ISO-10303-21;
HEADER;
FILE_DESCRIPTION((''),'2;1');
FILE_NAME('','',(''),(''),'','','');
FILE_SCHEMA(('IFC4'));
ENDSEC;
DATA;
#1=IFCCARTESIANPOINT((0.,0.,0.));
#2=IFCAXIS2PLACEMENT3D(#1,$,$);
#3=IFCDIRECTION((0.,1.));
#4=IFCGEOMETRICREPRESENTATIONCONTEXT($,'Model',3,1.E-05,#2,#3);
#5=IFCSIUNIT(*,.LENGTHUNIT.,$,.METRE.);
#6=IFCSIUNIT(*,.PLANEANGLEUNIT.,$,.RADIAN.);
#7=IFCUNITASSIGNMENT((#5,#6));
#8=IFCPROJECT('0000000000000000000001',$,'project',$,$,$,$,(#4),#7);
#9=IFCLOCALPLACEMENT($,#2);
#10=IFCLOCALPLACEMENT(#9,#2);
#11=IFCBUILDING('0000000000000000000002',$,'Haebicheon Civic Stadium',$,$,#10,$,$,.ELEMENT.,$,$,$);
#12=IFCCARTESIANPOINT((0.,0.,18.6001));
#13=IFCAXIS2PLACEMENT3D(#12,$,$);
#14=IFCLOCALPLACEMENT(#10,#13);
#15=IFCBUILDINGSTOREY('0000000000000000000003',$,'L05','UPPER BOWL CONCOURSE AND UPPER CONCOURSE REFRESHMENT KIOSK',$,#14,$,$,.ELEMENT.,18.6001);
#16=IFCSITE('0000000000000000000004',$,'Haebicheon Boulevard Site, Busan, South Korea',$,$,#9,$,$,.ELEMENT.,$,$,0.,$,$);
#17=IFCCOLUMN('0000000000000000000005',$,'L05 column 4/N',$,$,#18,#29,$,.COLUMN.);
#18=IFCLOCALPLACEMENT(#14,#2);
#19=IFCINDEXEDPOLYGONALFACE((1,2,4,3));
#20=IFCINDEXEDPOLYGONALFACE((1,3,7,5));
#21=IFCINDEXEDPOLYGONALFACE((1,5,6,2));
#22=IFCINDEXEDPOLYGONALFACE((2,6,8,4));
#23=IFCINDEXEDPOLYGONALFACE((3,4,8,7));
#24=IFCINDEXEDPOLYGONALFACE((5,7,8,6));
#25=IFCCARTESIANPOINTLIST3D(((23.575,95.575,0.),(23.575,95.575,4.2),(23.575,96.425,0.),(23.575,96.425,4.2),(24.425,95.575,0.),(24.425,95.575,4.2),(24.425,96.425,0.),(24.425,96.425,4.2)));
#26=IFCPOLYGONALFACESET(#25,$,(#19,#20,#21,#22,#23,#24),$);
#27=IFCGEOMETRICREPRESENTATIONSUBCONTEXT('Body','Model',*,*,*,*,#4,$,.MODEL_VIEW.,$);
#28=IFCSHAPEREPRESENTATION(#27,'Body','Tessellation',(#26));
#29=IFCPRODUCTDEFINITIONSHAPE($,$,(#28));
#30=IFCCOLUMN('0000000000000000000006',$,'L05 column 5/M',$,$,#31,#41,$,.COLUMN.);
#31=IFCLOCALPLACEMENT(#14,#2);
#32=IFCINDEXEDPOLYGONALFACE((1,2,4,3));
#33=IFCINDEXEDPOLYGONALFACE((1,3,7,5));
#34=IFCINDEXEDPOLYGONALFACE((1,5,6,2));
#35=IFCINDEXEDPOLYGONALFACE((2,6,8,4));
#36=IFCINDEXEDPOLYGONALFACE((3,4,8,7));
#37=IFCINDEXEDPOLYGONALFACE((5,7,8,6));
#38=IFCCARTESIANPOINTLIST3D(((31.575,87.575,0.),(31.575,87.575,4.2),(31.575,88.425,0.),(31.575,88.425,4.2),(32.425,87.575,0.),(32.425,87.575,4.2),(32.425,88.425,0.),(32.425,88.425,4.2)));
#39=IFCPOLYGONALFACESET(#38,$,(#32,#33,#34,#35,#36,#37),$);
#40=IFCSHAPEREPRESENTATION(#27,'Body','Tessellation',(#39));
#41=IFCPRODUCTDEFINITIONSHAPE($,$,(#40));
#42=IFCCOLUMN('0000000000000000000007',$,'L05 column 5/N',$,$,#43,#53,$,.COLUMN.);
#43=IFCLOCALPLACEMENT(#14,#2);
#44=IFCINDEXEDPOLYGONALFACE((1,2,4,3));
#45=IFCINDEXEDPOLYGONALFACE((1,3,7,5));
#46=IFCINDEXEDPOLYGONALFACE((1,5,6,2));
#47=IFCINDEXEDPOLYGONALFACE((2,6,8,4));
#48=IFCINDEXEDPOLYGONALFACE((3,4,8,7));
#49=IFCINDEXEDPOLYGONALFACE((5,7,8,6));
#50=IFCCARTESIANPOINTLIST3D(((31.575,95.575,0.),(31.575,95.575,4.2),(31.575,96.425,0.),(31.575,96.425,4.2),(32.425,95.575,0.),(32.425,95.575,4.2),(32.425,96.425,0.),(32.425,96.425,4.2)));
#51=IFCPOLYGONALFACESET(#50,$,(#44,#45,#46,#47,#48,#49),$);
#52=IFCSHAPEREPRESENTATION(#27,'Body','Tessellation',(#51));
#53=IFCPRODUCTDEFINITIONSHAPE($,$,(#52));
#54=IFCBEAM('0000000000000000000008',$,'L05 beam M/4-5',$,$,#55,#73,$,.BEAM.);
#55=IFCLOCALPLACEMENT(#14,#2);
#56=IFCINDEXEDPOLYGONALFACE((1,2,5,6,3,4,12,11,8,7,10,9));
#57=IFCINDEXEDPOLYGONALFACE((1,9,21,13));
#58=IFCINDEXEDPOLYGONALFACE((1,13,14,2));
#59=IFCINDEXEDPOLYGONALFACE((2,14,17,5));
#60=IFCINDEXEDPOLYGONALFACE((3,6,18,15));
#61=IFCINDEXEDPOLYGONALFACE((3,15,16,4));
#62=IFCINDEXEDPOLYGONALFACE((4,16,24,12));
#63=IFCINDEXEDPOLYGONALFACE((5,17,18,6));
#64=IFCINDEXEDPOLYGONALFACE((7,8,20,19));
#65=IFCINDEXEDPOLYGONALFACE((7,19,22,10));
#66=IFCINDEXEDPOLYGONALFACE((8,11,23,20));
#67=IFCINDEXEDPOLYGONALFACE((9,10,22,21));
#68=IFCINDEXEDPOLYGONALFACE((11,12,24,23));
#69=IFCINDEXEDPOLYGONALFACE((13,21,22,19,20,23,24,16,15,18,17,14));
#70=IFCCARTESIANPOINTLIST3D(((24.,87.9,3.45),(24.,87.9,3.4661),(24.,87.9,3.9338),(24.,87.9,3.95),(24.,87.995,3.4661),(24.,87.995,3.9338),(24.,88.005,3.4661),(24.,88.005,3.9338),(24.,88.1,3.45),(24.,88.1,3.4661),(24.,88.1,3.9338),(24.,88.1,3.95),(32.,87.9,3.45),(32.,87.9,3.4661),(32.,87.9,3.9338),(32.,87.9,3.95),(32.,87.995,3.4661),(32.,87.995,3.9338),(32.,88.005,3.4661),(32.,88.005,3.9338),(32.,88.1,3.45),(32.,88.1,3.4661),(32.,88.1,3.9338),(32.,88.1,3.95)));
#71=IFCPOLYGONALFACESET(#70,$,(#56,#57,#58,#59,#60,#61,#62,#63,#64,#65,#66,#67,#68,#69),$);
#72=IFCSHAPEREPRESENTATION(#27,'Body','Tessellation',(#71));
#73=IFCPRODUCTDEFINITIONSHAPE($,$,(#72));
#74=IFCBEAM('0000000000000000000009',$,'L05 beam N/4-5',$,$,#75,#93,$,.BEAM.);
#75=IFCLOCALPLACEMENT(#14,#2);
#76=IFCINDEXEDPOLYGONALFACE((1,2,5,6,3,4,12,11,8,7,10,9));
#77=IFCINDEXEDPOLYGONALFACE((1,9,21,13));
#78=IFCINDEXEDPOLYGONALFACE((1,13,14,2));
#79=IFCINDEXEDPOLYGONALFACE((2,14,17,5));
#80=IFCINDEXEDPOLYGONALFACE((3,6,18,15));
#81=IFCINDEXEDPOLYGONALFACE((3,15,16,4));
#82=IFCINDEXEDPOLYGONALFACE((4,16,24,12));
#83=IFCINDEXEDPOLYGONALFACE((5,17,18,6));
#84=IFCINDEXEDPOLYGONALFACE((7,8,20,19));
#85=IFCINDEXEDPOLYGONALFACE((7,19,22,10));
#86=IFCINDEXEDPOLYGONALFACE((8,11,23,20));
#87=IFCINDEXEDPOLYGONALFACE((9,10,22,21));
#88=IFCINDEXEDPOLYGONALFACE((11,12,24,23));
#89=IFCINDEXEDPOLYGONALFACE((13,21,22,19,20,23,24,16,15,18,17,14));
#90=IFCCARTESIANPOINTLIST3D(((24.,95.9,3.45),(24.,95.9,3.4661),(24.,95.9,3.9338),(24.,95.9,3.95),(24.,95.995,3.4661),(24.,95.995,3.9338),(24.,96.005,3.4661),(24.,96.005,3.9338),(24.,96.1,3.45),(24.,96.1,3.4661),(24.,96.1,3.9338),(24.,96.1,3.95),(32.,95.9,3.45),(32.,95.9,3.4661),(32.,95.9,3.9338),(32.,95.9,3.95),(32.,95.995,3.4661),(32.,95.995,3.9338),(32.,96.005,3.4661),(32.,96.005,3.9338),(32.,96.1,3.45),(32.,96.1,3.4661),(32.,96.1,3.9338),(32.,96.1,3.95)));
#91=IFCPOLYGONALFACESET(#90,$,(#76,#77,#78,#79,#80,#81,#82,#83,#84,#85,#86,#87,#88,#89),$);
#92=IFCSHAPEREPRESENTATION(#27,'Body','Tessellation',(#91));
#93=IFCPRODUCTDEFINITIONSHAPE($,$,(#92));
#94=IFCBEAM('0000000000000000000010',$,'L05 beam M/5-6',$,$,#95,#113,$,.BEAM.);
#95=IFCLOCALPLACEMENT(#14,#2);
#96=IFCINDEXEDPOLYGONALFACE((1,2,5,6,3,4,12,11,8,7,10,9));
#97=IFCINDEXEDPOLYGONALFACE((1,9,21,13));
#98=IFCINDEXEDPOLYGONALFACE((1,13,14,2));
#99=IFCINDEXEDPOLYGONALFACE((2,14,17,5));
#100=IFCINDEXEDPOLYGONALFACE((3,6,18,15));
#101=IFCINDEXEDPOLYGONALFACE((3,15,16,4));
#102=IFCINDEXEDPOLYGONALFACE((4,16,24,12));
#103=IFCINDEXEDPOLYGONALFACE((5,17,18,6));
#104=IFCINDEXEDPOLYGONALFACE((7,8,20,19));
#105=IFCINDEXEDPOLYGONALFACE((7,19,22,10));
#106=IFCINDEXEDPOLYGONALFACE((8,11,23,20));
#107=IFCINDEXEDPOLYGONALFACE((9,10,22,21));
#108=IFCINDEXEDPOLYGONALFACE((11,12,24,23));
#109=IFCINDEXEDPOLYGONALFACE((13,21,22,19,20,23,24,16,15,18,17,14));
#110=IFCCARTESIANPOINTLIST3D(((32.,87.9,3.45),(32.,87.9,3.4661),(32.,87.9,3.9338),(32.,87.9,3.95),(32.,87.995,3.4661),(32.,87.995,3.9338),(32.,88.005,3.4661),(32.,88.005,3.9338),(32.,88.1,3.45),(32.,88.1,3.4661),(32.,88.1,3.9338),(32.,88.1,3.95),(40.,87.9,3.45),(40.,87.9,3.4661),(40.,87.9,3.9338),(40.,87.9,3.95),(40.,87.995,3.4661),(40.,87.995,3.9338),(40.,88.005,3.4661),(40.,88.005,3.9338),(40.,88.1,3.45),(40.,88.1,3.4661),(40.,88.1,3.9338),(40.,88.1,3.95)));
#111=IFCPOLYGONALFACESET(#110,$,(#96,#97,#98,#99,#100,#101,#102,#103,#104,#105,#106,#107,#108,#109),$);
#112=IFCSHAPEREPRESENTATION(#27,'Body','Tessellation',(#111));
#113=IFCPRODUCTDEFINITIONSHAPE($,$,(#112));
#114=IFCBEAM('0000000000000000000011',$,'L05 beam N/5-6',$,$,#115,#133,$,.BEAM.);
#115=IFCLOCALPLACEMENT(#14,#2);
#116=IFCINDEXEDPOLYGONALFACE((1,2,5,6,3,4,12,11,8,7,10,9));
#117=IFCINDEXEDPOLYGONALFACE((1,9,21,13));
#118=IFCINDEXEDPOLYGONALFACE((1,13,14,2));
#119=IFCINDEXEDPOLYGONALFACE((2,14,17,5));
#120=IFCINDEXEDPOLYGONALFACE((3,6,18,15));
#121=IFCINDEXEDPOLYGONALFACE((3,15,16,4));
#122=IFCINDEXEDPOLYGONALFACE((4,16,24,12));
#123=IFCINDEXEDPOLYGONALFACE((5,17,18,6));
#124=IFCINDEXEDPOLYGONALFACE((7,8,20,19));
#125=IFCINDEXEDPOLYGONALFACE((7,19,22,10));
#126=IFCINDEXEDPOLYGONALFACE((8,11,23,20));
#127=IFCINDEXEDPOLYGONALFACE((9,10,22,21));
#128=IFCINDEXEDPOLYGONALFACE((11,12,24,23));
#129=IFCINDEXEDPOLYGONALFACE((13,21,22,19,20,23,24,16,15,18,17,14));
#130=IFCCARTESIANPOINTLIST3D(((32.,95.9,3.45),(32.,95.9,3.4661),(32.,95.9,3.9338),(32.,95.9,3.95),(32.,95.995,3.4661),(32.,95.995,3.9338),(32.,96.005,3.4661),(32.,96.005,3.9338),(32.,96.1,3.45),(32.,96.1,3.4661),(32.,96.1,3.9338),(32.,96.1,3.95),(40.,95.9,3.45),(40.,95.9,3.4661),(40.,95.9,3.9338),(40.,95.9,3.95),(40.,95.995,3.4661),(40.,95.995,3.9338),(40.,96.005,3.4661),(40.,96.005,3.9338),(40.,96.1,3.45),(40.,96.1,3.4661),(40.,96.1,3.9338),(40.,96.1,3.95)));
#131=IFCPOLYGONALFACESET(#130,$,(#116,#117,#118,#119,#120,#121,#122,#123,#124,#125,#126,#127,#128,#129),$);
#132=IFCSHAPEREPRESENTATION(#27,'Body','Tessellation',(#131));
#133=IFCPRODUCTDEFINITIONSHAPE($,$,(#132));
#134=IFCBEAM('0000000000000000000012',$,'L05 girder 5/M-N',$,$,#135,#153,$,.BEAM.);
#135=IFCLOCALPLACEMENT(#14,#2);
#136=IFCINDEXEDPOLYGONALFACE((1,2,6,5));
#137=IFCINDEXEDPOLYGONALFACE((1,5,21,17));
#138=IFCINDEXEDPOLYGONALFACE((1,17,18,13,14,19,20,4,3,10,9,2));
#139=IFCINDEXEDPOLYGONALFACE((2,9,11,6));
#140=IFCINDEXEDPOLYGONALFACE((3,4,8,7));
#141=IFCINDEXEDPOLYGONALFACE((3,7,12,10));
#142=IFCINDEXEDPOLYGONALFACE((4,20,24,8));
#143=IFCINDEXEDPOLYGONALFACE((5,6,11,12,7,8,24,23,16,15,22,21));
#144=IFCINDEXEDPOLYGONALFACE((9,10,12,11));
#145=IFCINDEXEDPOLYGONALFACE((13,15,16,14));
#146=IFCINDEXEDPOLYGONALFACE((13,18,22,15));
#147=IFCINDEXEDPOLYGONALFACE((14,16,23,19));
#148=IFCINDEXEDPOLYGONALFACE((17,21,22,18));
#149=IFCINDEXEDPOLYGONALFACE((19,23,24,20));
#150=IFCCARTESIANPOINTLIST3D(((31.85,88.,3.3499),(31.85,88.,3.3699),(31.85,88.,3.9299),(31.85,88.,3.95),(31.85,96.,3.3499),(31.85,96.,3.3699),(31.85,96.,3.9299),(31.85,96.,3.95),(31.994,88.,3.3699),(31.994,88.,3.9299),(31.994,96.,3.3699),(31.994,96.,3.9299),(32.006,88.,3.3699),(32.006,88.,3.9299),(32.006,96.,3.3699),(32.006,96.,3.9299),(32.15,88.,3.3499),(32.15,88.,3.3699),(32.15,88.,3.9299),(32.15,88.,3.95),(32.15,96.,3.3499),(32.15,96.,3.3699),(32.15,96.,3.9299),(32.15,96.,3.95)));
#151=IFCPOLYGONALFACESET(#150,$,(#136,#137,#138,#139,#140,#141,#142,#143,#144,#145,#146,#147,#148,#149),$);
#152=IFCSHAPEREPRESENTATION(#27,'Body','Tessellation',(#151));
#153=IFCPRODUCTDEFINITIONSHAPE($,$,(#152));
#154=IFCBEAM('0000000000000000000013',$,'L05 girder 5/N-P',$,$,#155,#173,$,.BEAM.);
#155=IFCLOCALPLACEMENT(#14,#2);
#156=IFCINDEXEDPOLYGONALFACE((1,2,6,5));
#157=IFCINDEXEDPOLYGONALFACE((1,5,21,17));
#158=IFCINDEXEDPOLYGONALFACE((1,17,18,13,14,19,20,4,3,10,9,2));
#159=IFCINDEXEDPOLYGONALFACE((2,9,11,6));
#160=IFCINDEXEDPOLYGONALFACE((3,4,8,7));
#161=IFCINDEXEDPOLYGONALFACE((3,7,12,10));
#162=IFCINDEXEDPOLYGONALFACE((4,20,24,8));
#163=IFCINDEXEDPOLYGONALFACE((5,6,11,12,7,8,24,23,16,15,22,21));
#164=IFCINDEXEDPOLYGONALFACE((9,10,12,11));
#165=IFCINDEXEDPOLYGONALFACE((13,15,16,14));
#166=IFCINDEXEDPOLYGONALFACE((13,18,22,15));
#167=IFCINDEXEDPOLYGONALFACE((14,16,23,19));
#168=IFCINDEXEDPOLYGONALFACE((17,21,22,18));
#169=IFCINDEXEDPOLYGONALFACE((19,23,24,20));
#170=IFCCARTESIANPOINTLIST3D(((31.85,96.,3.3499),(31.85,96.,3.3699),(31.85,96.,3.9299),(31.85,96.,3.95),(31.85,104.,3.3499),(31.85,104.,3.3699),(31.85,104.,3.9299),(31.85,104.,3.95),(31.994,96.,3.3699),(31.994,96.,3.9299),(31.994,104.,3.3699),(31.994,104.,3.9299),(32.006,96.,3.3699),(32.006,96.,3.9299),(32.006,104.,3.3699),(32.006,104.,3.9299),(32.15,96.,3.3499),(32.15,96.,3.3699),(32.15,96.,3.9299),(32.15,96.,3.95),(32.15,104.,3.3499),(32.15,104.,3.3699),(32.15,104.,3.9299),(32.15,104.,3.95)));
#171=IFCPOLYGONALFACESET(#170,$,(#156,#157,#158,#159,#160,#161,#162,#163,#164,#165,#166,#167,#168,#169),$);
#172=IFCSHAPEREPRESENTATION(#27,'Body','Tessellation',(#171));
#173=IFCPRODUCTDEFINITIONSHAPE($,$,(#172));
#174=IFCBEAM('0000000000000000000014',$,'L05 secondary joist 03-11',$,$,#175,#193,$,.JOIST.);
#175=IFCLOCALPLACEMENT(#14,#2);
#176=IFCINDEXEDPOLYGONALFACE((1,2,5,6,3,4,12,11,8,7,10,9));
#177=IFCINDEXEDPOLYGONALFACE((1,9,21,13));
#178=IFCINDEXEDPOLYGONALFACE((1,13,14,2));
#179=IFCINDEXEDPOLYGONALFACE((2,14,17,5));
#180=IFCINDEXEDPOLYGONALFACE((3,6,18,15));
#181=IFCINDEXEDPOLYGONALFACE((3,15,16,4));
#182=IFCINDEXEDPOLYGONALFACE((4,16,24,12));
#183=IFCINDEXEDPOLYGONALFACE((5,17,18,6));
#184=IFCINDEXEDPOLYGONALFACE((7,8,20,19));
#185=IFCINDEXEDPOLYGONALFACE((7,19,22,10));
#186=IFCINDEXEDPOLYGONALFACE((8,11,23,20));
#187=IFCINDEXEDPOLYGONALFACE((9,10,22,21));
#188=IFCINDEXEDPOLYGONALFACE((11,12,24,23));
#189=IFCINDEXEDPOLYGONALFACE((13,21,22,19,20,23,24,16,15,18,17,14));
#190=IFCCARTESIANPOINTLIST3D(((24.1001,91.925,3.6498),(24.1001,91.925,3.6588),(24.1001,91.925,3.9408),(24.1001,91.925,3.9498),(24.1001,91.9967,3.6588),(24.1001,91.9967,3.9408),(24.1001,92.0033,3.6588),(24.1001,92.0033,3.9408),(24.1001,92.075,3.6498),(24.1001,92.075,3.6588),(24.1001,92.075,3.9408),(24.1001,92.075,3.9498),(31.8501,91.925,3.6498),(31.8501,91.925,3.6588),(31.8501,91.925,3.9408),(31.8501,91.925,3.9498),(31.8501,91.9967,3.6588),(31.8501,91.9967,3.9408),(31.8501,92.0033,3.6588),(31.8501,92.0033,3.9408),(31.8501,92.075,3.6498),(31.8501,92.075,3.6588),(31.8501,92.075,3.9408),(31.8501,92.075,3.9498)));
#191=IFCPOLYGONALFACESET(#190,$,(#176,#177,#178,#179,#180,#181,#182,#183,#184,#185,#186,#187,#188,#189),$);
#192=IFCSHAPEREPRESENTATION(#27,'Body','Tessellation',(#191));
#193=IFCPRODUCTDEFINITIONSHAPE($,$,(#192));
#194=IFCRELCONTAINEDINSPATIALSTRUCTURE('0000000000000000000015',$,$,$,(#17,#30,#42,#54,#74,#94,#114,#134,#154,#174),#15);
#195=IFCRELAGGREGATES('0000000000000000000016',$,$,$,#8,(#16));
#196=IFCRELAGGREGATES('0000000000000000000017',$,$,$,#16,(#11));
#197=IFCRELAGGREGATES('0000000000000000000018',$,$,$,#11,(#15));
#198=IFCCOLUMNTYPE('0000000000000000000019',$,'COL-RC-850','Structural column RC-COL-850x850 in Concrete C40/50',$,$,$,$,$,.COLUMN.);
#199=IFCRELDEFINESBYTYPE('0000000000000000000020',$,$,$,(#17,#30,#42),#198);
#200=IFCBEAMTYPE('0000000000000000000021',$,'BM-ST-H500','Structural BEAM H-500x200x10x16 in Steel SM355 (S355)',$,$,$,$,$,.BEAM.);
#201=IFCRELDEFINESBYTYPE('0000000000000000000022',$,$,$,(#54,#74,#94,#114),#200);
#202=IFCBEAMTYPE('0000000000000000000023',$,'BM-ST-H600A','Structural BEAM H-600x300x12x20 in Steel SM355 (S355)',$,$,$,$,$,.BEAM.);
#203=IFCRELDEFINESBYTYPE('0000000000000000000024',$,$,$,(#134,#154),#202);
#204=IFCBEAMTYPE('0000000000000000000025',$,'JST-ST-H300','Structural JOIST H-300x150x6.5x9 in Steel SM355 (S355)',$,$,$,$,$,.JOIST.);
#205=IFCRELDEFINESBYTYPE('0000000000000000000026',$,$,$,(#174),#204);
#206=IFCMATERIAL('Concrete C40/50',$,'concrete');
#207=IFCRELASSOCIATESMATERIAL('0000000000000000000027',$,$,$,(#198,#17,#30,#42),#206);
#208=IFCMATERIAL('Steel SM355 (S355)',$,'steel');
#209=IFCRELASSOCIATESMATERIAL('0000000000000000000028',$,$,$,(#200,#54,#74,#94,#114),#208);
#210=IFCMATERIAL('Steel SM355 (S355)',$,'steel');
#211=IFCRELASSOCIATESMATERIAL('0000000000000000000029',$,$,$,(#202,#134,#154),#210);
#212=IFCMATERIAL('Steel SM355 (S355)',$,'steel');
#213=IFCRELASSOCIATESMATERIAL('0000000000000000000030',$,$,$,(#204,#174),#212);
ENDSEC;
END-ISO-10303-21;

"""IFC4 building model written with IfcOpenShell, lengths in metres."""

from ifc_helpers import new_model, si_unit, direction, frame, origin, origin_2d, place, context, subcontext, project, spatial, rectangle, i_section, extrude, material, material_profile, profile_set, type_object, element, save


model = new_model("IFC4")

# Units and contexts
model_context = context("Model", 3, precision=1e-05, world=origin(), true_north=direction((0.0, 1.0)))
body_context = subcontext(model_context, "Body", "Model", "MODEL_VIEW")
ifc_project = project(units=[si_unit("LENGTHUNIT", "METRE"), si_unit("PLANEANGLEUNIT", "RADIAN")], contexts=[model_context])

# Site, building, storey
site_placement = place(None, origin())
site = spatial("IfcSite", under=ifc_project, at=site_placement, Name="Haebicheon Boulevard Site, Busan, South Korea", CompositionType="ELEMENT", RefElevation=0.0)
building_placement = place(site_placement, origin())
building = spatial("IfcBuilding", under=site, at=building_placement, Name="Haebicheon Civic Stadium", CompositionType="ELEMENT")
storey_placement = place(building_placement, frame((0.0, 0.0, 18.6001)))
storey = spatial("IfcBuildingStorey", under=building, at=storey_placement, Name="L05", Description="UPPER BOWL CONCOURSE AND UPPER CONCOURSE REFRESHMENT KIOSK", CompositionType="ELEMENT", Elevation=18.6001)

# Columns
ifc_material_1 = material(Name="Concrete C40/50", Category="concrete")
ifc_material_profile_1 = material_profile(ifc_material_1, rectangle(XDim=0.8501, YDim=0.8501, at=origin_2d()), Name="RC-COL-850x850")
ifc_profile_set_1 = profile_set([ifc_material_profile_1], Name="Concrete C40/50")
column_type = type_object("IfcColumnType", Name="COL-RC-850", Description="Structural column RC-COL-850x850 in Concrete C40/50", PredefinedType="COLUMN", material=ifc_profile_set_1)
for number, where, z_axis, x_axis, name in (
    (1, (24.0, 96.0, 0.0), (0.0, 0.0, 1.0), (1.0, 0.0, 0.0), "L05 column 4/N"),
    (2, (32.0, 88.0, 0.0), (0.0, 0.0, 1.0), (1.0, 0.0, 0.0), "L05 column 5/M"),
    (3, (32.0, 96.0, 0.0), (0.0, 0.0, 1.0), (1.0, 0.0, 0.0), "L05 column 5/N"),
):
    element("IfcColumn", number, at=place(storey_placement, frame(where, z_axis=z_axis, x_axis=x_axis)), inside=storey, type_object=column_type, material=ifc_profile_set_1, Name=name, PredefinedType="COLUMN", context=body_context, shape_type="SweptSolid", body=[
        extrude(rectangle(XDim=0.8501, YDim=0.8501, at=origin_2d()), origin(), (0.0, 0.0, 1.0), 4.2),
    ])

# Beams
ifc_material_2 = material(Name="Steel SM355 (S355)", Category="steel")
ifc_material_profile_2 = material_profile(ifc_material_2, i_section(OverallWidth=0.2, OverallDepth=0.5, WebThickness=0.01, FlangeThickness=0.0161, at=origin_2d()), Name="H-500x200x10x16")
ifc_profile_set_2 = profile_set([ifc_material_profile_2], Name="Steel SM355 (S355)")
beam_type_1 = type_object("IfcBeamType", Name="BM-ST-H500", Description="Structural BEAM H-500x200x10x16 in Steel SM355 (S355)", PredefinedType="BEAM", material=ifc_profile_set_2)
for number, where, z_axis, x_axis, name in (
    (4, (24.0, 88.0, 3.7), (1.0, 0.0, 0.0), (0.0, 1.0, 0.0), "L05 beam M/4-5"),
    (5, (24.0, 96.0, 3.7), (1.0, 0.0, 0.0), (0.0, 1.0, 0.0), "L05 beam N/4-5"),
    (6, (32.0, 88.0, 3.7), (1.0, 0.0, 0.0), (0.0, 1.0, 0.0), "L05 beam M/5-6"),
    (7, (32.0, 96.0, 3.7), (1.0, 0.0, 0.0), (0.0, 1.0, 0.0), "L05 beam N/5-6"),
):
    element("IfcBeam", number, at=place(storey_placement, frame(where, z_axis=z_axis, x_axis=x_axis)), inside=storey, type_object=beam_type_1, material=ifc_profile_set_2, Name=name, PredefinedType="BEAM", context=body_context, shape_type="SweptSolid", body=[
        extrude(i_section(OverallWidth=0.2, OverallDepth=0.5, WebThickness=0.01, FlangeThickness=0.0161, at=origin_2d()), origin(), (0.0, 0.0, 1.0), 8.0),
    ])
ifc_material_3 = material(Name="Steel SM355 (S355)", Category="steel")
ifc_material_profile_3 = material_profile(ifc_material_3, i_section(OverallWidth=0.3, OverallDepth=0.6001, WebThickness=0.012, FlangeThickness=0.02, at=origin_2d()), Name="H-600x300x12x20")
ifc_profile_set_3 = profile_set([ifc_material_profile_3], Name="Steel SM355 (S355)")
beam_type_2 = type_object("IfcBeamType", Name="BM-ST-H600A", Description="Structural BEAM H-600x300x12x20 in Steel SM355 (S355)", PredefinedType="BEAM", material=ifc_profile_set_3)
for number, where, z_axis, x_axis, name in (
    (8, (32.0, 88.0, 3.6499), (0.0, 1.0, 0.0), (-1.0, 0.0, 0.0), "L05 girder 5/M-N"),
    (9, (32.0, 96.0, 3.6499), (0.0, 1.0, 0.0), (-1.0, 0.0, 0.0), "L05 girder 5/N-P"),
):
    element("IfcBeam", number, at=place(storey_placement, frame(where, z_axis=z_axis, x_axis=x_axis)), inside=storey, type_object=beam_type_2, material=ifc_profile_set_3, Name=name, PredefinedType="BEAM", context=body_context, shape_type="SweptSolid", body=[
        extrude(i_section(OverallWidth=0.3, OverallDepth=0.6001, WebThickness=0.012, FlangeThickness=0.02, at=origin_2d()), origin(), (0.0, 0.0, 1.0), 8.0),
    ])
ifc_material_4 = material(Name="Steel SM355 (S355)", Category="steel")
ifc_material_profile_4 = material_profile(ifc_material_4, i_section(OverallWidth=0.1499, OverallDepth=0.3, WebThickness=0.0066, FlangeThickness=0.009, at=origin_2d()), Name="H-300x150x6.5x9")
ifc_profile_set_4 = profile_set([ifc_material_profile_4], Name="Steel SM355 (S355)")
beam_type_3 = type_object("IfcBeamType", Name="JST-ST-H300", Description="Structural JOIST H-300x150x6.5x9 in Steel SM355 (S355)", PredefinedType="JOIST", material=ifc_profile_set_4)
beam_1_placement = place(storey_placement, frame((24.1001, 92.0, 3.7998), z_axis=(1.0, 0.0, 0.0), x_axis=(0.0, 1.0, 0.0)))
element("IfcBeam", 10, at=beam_1_placement, inside=storey, type_object=beam_type_3, material=ifc_profile_set_4, Name="L05 secondary joist 03-11", PredefinedType="JOIST", context=body_context, shape_type="SweptSolid", body=[
    extrude(i_section(OverallWidth=0.1499, OverallDepth=0.3, WebThickness=0.0066, FlangeThickness=0.009, at=origin_2d()), origin(), (0.0, 0.0, 1.0), 7.75),
])

save(model, "model.ifc")
